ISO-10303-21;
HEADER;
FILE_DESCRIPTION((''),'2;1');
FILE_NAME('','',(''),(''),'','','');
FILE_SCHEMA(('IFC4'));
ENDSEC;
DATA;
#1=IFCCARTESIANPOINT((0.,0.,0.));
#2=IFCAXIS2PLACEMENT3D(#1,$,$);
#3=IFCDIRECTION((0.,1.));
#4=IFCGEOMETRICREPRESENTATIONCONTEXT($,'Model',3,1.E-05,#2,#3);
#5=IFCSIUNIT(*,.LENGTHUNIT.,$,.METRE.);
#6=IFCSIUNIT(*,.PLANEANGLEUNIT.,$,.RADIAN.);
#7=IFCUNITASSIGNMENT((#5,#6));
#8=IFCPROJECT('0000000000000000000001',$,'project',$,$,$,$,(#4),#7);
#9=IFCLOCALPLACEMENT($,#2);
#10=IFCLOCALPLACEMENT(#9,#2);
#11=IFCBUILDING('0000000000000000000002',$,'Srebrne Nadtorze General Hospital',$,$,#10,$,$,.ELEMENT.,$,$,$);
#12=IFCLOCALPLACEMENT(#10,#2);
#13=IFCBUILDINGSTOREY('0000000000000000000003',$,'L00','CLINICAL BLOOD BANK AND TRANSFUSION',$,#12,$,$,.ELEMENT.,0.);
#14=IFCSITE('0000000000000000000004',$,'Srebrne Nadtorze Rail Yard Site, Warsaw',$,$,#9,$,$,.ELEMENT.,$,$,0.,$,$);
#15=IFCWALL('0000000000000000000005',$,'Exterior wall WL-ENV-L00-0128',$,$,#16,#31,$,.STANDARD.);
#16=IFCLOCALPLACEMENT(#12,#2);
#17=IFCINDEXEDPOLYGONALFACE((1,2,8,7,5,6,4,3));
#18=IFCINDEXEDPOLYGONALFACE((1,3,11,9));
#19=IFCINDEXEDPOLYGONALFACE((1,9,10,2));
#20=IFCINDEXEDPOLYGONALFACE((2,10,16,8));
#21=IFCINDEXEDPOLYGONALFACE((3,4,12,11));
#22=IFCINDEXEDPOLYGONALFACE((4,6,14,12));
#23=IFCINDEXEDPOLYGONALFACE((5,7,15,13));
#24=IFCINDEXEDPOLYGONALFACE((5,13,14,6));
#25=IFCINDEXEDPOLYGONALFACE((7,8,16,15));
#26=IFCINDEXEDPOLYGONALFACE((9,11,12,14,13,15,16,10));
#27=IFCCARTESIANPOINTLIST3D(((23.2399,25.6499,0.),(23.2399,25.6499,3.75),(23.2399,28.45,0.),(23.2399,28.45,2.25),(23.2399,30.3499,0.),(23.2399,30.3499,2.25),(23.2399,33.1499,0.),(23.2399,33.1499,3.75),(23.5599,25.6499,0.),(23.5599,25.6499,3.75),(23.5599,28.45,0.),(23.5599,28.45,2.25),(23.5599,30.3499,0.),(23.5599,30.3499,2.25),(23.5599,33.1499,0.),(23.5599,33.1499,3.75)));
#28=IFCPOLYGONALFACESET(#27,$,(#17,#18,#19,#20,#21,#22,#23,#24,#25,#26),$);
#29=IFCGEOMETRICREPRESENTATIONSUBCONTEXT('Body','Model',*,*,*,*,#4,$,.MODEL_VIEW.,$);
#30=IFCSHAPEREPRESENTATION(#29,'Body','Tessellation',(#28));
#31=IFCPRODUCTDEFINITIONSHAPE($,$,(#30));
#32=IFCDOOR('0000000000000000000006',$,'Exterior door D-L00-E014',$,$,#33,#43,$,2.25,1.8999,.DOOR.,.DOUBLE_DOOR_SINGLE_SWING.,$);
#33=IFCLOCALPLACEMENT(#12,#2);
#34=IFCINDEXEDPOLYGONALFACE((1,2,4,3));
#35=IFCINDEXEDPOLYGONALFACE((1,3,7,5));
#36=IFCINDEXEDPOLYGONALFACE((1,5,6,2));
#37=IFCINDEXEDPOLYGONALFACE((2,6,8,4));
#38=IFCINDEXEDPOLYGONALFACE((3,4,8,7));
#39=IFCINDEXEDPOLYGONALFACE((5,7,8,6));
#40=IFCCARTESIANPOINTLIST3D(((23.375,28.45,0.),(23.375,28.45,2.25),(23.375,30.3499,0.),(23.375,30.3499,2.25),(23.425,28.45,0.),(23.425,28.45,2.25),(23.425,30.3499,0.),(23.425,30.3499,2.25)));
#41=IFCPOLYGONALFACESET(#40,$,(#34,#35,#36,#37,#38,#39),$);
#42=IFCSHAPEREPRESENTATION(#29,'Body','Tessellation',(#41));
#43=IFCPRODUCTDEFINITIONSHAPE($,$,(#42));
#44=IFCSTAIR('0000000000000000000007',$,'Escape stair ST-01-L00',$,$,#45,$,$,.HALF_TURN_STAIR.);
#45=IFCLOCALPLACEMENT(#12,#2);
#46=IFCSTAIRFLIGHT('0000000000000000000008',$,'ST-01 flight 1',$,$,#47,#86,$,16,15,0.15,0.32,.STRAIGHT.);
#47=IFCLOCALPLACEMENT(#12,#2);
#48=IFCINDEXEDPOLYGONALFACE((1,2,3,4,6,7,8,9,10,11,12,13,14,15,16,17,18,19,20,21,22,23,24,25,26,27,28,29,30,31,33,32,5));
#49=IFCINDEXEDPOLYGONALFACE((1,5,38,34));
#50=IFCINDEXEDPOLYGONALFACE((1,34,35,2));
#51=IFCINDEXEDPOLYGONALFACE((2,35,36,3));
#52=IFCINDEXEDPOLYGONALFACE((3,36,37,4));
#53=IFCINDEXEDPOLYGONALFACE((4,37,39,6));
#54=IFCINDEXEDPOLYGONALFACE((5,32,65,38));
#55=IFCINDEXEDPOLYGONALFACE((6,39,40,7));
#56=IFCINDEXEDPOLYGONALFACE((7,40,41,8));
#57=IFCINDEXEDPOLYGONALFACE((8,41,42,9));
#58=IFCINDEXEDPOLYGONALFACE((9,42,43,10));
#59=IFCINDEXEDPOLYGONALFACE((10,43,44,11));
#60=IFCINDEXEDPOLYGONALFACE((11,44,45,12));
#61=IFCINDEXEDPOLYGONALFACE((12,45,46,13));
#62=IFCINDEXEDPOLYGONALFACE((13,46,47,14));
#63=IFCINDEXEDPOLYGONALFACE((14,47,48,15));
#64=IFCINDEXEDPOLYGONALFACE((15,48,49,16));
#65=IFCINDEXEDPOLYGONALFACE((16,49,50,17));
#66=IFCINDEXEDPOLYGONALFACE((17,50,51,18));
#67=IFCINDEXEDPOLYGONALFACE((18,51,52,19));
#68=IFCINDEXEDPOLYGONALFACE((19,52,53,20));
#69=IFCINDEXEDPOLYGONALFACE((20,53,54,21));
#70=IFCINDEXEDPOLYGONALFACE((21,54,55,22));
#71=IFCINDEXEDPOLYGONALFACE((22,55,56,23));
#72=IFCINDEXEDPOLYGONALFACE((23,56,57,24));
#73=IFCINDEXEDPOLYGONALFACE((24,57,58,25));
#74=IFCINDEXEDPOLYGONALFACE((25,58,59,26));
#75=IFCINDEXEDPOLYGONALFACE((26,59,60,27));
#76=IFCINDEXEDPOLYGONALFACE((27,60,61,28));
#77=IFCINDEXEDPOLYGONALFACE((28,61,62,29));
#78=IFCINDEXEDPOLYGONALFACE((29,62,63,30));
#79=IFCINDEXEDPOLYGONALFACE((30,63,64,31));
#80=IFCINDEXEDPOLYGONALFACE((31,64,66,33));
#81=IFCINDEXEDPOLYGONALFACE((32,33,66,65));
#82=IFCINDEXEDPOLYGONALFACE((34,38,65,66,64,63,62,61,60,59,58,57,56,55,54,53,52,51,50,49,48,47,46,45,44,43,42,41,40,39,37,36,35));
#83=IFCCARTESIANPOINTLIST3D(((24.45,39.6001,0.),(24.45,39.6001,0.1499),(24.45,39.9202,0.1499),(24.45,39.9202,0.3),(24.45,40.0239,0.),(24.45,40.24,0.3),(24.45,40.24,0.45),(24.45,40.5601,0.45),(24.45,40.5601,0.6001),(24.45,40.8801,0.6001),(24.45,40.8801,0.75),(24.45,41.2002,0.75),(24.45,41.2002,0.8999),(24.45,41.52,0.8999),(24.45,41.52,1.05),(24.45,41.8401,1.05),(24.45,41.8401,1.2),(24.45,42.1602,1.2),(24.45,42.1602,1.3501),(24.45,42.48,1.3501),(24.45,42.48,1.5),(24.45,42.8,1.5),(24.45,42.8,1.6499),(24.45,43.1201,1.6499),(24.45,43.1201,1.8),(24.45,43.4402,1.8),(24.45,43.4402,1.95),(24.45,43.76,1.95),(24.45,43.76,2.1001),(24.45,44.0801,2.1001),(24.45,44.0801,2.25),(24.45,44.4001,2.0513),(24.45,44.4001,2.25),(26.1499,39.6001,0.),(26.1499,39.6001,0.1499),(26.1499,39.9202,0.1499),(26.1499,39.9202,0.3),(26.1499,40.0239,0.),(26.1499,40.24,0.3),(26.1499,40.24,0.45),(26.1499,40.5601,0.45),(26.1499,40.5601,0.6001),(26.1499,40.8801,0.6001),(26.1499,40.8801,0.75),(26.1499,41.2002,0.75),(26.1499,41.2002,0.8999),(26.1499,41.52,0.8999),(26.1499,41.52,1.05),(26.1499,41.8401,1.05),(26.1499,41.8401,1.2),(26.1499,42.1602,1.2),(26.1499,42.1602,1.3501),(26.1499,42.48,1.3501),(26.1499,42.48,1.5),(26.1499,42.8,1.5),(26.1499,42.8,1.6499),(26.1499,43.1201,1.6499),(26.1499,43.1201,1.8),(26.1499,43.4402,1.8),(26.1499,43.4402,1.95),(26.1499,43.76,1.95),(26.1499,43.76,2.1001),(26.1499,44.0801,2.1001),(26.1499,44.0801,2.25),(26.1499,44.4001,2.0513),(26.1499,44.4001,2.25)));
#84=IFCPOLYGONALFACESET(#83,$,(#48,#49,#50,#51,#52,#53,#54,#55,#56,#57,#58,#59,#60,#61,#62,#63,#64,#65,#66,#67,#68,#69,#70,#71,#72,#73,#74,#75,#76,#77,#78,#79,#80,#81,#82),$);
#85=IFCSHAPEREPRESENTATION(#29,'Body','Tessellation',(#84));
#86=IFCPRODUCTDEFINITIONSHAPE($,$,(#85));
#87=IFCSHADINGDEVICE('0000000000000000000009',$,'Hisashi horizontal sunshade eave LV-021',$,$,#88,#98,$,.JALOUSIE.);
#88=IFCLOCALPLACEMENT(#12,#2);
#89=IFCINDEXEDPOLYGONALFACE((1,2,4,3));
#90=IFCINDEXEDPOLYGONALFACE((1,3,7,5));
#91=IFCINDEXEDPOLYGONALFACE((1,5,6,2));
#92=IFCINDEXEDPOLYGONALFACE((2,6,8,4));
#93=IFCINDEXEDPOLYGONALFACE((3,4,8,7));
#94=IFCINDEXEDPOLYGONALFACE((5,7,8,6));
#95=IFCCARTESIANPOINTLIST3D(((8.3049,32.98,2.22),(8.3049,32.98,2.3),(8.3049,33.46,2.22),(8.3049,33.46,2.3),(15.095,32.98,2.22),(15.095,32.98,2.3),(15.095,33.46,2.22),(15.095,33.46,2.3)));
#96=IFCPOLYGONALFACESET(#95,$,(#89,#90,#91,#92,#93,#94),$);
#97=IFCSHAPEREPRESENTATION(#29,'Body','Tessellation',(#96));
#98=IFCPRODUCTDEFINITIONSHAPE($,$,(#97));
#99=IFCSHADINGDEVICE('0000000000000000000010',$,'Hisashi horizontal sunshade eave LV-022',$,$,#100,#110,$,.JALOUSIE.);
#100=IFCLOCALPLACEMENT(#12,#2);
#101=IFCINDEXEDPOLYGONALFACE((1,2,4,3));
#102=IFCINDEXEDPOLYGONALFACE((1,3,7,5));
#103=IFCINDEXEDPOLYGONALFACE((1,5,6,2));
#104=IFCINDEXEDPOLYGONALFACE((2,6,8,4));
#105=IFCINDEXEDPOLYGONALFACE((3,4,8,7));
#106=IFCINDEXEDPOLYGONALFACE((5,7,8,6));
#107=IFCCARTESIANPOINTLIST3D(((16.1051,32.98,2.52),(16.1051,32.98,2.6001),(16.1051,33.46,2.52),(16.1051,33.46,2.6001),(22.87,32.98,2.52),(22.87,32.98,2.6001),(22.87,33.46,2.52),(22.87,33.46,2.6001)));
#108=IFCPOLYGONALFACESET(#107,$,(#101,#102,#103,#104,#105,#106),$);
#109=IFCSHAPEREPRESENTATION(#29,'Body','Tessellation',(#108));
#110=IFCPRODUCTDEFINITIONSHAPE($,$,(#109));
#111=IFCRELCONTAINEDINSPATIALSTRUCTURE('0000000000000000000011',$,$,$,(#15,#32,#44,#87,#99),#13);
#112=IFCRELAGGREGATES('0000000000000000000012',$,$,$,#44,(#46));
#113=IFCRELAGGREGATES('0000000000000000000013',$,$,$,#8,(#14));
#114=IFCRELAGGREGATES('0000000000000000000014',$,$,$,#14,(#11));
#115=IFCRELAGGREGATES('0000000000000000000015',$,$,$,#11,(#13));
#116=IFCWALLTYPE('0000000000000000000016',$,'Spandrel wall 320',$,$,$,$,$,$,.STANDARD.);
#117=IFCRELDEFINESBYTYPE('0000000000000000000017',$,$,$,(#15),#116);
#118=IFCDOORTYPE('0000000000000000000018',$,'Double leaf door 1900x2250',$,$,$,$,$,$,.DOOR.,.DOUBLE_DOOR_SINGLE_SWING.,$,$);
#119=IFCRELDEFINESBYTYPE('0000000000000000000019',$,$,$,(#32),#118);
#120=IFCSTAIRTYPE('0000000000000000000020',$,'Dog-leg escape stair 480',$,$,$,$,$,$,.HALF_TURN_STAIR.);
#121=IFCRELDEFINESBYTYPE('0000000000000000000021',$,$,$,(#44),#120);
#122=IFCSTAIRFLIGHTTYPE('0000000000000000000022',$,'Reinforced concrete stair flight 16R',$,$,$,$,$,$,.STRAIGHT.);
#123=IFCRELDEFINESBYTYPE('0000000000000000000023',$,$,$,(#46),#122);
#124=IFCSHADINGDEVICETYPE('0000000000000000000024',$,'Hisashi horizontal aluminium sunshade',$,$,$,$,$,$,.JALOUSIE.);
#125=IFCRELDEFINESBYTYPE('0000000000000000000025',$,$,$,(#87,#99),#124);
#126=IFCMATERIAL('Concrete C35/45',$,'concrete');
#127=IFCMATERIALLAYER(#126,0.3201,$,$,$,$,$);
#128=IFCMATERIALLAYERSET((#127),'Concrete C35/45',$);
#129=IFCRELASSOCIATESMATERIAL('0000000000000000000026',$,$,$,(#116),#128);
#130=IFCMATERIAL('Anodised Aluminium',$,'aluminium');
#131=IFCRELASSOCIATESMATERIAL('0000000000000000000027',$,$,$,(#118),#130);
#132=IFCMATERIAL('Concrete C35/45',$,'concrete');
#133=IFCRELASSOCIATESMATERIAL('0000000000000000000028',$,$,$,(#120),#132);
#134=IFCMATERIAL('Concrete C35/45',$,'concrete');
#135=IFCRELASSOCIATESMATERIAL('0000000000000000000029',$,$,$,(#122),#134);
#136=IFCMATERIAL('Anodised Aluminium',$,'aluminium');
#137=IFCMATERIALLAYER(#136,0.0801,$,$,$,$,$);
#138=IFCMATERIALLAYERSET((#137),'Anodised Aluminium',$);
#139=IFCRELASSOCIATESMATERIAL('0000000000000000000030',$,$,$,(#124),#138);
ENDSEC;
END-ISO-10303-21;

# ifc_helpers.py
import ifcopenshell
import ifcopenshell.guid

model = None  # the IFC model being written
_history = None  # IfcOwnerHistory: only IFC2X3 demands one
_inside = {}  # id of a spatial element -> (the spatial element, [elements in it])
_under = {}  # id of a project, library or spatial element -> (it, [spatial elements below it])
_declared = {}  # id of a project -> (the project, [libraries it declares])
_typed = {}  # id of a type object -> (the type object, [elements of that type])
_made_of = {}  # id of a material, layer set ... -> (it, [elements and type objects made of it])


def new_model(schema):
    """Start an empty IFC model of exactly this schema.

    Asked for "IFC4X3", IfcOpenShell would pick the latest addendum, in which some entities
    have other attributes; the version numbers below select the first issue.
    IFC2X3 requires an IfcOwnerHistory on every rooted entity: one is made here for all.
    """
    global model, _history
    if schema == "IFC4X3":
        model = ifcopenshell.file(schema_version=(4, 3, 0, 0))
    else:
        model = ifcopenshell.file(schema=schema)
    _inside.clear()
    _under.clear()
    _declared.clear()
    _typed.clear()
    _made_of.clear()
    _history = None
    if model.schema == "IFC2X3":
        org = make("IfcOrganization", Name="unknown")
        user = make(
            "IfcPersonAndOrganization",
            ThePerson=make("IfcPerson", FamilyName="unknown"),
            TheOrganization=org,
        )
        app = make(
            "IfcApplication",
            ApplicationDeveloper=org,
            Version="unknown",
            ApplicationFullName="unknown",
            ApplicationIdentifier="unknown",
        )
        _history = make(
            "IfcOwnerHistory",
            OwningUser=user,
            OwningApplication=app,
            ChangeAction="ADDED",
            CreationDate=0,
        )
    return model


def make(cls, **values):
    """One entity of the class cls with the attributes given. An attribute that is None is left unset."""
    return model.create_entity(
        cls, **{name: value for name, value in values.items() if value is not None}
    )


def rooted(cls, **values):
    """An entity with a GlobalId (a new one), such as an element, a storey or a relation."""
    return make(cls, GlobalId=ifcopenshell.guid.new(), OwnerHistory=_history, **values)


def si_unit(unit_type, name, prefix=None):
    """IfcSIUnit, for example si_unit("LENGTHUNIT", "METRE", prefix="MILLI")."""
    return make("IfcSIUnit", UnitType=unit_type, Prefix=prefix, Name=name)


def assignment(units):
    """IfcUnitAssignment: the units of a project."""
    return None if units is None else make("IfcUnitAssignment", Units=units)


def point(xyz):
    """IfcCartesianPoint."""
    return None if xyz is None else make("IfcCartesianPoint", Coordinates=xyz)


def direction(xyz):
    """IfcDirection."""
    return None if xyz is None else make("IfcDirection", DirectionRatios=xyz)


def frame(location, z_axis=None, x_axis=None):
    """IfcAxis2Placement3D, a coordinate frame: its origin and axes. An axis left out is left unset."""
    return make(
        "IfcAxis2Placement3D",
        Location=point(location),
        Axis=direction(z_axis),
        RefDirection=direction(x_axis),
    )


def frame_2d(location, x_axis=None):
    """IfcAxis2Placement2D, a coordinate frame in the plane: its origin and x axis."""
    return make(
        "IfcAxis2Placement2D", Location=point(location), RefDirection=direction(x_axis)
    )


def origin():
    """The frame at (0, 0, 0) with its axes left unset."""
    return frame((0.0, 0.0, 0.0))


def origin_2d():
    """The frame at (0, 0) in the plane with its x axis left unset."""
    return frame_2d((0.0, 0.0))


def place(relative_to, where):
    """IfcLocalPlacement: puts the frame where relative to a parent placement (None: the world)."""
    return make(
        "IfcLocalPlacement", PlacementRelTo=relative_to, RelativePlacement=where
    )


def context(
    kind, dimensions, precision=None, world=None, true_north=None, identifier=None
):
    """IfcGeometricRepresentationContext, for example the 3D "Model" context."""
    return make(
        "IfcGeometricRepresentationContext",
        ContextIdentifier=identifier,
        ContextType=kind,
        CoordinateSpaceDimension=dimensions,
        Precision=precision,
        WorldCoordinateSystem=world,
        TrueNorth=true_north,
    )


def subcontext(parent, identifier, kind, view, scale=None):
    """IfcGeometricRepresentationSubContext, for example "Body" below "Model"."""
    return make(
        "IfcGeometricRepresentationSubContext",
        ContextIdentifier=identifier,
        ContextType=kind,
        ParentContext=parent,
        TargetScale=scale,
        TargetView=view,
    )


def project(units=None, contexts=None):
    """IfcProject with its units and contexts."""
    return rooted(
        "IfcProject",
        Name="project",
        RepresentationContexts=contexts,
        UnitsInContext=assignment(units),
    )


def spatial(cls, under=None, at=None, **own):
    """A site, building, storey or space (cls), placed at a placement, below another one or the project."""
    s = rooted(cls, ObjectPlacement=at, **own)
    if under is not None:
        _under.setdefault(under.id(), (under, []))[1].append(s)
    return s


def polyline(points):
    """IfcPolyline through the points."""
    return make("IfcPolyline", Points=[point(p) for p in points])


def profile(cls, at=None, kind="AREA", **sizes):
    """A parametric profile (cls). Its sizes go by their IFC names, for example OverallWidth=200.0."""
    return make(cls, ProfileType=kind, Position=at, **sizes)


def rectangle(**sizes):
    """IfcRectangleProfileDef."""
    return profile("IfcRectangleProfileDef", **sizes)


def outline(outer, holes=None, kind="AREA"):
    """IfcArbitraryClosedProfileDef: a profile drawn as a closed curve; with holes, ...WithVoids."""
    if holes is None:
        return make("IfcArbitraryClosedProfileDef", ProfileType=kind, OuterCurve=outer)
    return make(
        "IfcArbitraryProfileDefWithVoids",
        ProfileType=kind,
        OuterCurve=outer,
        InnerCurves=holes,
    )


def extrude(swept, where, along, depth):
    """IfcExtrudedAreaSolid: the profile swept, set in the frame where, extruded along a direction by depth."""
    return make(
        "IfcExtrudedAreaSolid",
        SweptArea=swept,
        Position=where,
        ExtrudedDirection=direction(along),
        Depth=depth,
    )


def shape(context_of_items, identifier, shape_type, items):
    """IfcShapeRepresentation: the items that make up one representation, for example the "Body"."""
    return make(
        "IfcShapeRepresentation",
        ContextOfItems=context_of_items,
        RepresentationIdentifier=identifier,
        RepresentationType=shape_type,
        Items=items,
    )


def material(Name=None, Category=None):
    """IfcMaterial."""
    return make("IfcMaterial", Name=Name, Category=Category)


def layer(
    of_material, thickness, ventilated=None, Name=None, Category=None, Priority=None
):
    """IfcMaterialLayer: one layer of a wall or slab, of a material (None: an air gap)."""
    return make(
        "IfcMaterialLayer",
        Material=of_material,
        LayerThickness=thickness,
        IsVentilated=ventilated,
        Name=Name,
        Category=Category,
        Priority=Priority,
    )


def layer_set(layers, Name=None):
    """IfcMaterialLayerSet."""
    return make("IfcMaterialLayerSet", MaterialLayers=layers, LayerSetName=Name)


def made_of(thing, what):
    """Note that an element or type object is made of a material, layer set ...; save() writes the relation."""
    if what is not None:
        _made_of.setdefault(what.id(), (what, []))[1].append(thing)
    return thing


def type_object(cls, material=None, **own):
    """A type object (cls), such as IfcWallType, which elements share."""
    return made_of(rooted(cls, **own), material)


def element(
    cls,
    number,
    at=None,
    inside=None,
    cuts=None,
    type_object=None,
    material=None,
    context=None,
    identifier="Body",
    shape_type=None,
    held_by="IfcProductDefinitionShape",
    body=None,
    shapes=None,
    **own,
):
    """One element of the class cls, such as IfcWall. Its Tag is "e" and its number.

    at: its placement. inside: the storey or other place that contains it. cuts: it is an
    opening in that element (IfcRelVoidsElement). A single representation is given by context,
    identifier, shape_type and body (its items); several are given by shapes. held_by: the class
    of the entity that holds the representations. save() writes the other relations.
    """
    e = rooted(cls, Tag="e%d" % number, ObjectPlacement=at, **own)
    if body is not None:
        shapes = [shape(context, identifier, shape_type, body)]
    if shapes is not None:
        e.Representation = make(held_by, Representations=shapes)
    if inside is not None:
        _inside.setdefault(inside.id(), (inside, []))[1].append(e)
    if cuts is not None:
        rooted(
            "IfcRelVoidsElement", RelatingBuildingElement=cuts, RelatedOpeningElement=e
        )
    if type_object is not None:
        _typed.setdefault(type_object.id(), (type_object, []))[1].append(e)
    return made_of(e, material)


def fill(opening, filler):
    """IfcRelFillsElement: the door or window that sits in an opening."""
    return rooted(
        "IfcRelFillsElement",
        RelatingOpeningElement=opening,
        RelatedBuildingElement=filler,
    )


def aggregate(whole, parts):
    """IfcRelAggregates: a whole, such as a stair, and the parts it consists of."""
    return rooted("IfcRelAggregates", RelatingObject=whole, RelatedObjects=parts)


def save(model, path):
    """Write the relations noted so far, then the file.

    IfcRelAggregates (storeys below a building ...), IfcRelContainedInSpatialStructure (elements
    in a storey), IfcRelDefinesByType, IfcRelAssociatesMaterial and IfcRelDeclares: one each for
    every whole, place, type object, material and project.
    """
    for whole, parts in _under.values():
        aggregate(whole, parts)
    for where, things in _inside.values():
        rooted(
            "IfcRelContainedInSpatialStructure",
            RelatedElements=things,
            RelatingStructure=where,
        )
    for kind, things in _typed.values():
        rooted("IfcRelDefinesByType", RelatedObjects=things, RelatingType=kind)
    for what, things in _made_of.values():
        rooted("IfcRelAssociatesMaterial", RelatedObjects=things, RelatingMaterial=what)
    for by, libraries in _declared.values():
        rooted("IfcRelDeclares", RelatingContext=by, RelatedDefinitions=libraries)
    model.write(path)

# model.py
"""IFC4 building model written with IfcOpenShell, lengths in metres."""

from ifc_helpers import new_model, si_unit, direction, frame, frame_2d, origin, origin_2d, place, context, subcontext, project, spatial, polyline, rectangle, outline, extrude, material, layer, layer_set, type_object, element, fill, aggregate, save


model = new_model("IFC4")

# Units and contexts
model_context = context("Model", 3, precision=1e-05, world=origin(), true_north=direction((0.0, 1.0)))
body_context = subcontext(model_context, "Body", "Model", "MODEL_VIEW")
ifc_project = project(units=[si_unit("LENGTHUNIT", "METRE"), si_unit("PLANEANGLEUNIT", "RADIAN")], contexts=[model_context])

# Site, building, storey
site_placement = place(None, origin())
site = spatial("IfcSite", under=ifc_project, at=site_placement, Name="Srebrne Nadtorze Rail Yard Site, Warsaw", CompositionType="ELEMENT", RefElevation=0.0)
building_placement = place(site_placement, origin())
building = spatial("IfcBuilding", under=site, at=building_placement, Name="Srebrne Nadtorze General Hospital", CompositionType="ELEMENT")
storey_placement = place(building_placement, origin())
storey = spatial("IfcBuildingStorey", under=building, at=storey_placement, Name="L00", Description="CLINICAL BLOOD BANK AND TRANSFUSION", CompositionType="ELEMENT", Elevation=0.0)

# Shared definitions
ifc_material_1 = material(Name="Concrete C35/45", Category="concrete")
ifc_layer_1 = layer(ifc_material_1, 0.3201)
ifc_layer_set_1 = layer_set([ifc_layer_1], Name="Concrete C35/45")
wall_type_1 = type_object("IfcWallType", Name="Spandrel wall 320", PredefinedType="STANDARD", material=ifc_layer_set_1)

# Wall, opening, door
ifc_material_2 = material(Name="Anodised Aluminium", Category="aluminium")
door_type_1 = type_object("IfcDoorType", Name="Double leaf door 1900x2250", OperationType="DOUBLE_DOOR_SINGLE_SWING", PredefinedType="DOOR", material=ifc_material_2)
wall_1_placement = place(storey_placement, frame((23.3999, 25.6499, 0.0), z_axis=(0.0, 0.0, 1.0), x_axis=(0.0, 1.0, 0.0)))
wall_1 = element("IfcWall", 1, at=wall_1_placement, inside=storey, type_object=wall_type_1, Name="Exterior wall WL-ENV-L00-0128", PredefinedType="STANDARD", context=body_context, shape_type="SweptSolid", body=[
    extrude(rectangle(XDim=7.5, YDim=0.3201, at=frame_2d((3.75, 0.0))), origin(), (0.0, 0.0, 1.0), 3.75),
])
opening_1_placement = place(wall_1_placement, frame((2.8, 0.0, 0.0)))
opening_1 = element("IfcOpeningElement", 2, at=opening_1_placement, cuts=wall_1, PredefinedType="OPENING", context=body_context, shape_type="SweptSolid", body=[
    extrude(rectangle(XDim=1.8999, YDim=2.25, at=frame_2d((0.95, 1.125))), frame((0.0, 0.1719, 0.0), z_axis=(0.0, -1.0, 0.0), x_axis=(1.0, 0.0, 0.0)), (0.0, 0.0, 1.0), 0.344),
])
door_1_placement = place(opening_1_placement, origin())
door_1 = element("IfcDoor", 3, at=door_1_placement, inside=storey, type_object=door_type_1, Name="Exterior door D-L00-E014", OperationType="DOUBLE_DOOR_SINGLE_SWING", OverallHeight=2.25, OverallWidth=1.8999, PredefinedType="DOOR", context=body_context, shape_type="SweptSolid", body=[
    extrude(rectangle(XDim=1.8999, YDim=2.25, at=frame_2d((0.95, 1.125))), frame((0.0, 0.0249, 0.0), z_axis=(0.0, -1.0, 0.0), x_axis=(1.0, 0.0, 0.0)), (0.0, 0.0, 1.0), 0.05),
])
fill(opening_1, door_1)

# Stair, stair flight
ifc_material_3 = material(Name="Concrete C35/45", Category="concrete")
stair_type = type_object("IfcStairType", Name="Dog-leg escape stair 480", PredefinedType="HALF_TURN_STAIR", material=ifc_material_3)
stair_placement = place(storey_placement, origin())
stair = element("IfcStair", 4, at=stair_placement, inside=storey, type_object=stair_type, Name="Escape stair ST-01-L00", PredefinedType="HALF_TURN_STAIR")
ifc_material_4 = material(Name="Concrete C35/45", Category="concrete")
stair_flight_type = type_object("IfcStairFlightType", Name="Reinforced concrete stair flight 16R", PredefinedType="STRAIGHT", material=ifc_material_4)
stair_flight_placement = place(storey_placement, frame((25.3, 39.6001, 0.0), z_axis=(0.0, 0.0, 1.0), x_axis=(0.0, 1.0, 0.0)))
stair_flight = element("IfcStairFlight", 5, at=stair_flight_placement, type_object=stair_flight_type, Name="ST-01 flight 1", NumberOfRisers=16, NumberOfTreads=15, PredefinedType="STRAIGHT", RiserHeight=0.15, TreadLength=0.32, context=body_context, shape_type="SweptSolid", body=[
    extrude(outline(polyline([(0.0, 0.0), (0.0, 0.1499), (0.3201, 0.1499), (0.3201, 0.3), (0.6399, 0.3), (0.6399, 0.45), (0.96, 0.45), (0.96, 0.6001), (1.28, 0.6001), (1.28, 0.75), (1.6001, 0.75), (1.6001, 0.8999), (1.9199, 0.8999), (1.9199, 1.05), (2.24, 1.05), (2.24, 1.2), (2.5601, 1.2), (2.5601, 1.3501), (2.8799, 1.3501), (2.8799, 1.5), (3.2, 1.5), (3.2, 1.6499), (3.52, 1.6499), (3.52, 1.8), (3.8401, 1.8), (3.8401, 1.95), (4.1599, 1.95), (4.1599, 2.1001), (4.48, 2.1001), (4.48, 2.25), (4.8, 2.25), (4.8, 2.3999), (4.8, 2.0513), (0.4238, 0.0), (0.0, 0.0)])), frame((0.0, 0.8501, 0.0), z_axis=(0.0, -1.0, 0.0), x_axis=(1.0, 0.0, 0.0)), (0.0, 0.0, 1.0), 1.7),
])
aggregate(stair, [stair_flight])

# Shading devices
ifc_material_5 = material(Name="Anodised Aluminium", Category="aluminium")
ifc_layer_2 = layer(ifc_material_5, 0.0801)
ifc_layer_set_2 = layer_set([ifc_layer_2], Name="Anodised Aluminium")
shading_device_type = type_object("IfcShadingDeviceType", Name="Hisashi horizontal aluminium sunshade", PredefinedType="JALOUSIE", material=ifc_layer_set_2)
shading_device_1_placement = place(storey_placement, frame((11.7, 33.22, 2.22), z_axis=(0.0, 0.0, 1.0), x_axis=(1.0, 0.0, 0.0)))
element("IfcShadingDevice", 6, at=shading_device_1_placement, inside=storey, type_object=shading_device_type, Name="Hisashi horizontal sunshade eave LV-021", PredefinedType="JALOUSIE", context=body_context, shape_type="SweptSolid", body=[
    extrude(rectangle(XDim=6.79, YDim=0.48, at=origin_2d()), origin(), (0.0, 0.0, 1.0), 0.0801),
])
shading_device_2_placement = place(storey_placement, frame((19.4875, 33.22, 2.52), z_axis=(0.0, 0.0, 1.0), x_axis=(1.0, 0.0, 0.0)))
element("IfcShadingDevice", 7, at=shading_device_2_placement, inside=storey, type_object=shading_device_type, Name="Hisashi horizontal sunshade eave LV-022", PredefinedType="JALOUSIE", context=body_context, shape_type="SweptSolid", body=[
    extrude(rectangle(XDim=6.7649, YDim=0.48, at=origin_2d()), origin(), (0.0, 0.0, 1.0), 0.0801),
])

save(model, "model.ifc")
